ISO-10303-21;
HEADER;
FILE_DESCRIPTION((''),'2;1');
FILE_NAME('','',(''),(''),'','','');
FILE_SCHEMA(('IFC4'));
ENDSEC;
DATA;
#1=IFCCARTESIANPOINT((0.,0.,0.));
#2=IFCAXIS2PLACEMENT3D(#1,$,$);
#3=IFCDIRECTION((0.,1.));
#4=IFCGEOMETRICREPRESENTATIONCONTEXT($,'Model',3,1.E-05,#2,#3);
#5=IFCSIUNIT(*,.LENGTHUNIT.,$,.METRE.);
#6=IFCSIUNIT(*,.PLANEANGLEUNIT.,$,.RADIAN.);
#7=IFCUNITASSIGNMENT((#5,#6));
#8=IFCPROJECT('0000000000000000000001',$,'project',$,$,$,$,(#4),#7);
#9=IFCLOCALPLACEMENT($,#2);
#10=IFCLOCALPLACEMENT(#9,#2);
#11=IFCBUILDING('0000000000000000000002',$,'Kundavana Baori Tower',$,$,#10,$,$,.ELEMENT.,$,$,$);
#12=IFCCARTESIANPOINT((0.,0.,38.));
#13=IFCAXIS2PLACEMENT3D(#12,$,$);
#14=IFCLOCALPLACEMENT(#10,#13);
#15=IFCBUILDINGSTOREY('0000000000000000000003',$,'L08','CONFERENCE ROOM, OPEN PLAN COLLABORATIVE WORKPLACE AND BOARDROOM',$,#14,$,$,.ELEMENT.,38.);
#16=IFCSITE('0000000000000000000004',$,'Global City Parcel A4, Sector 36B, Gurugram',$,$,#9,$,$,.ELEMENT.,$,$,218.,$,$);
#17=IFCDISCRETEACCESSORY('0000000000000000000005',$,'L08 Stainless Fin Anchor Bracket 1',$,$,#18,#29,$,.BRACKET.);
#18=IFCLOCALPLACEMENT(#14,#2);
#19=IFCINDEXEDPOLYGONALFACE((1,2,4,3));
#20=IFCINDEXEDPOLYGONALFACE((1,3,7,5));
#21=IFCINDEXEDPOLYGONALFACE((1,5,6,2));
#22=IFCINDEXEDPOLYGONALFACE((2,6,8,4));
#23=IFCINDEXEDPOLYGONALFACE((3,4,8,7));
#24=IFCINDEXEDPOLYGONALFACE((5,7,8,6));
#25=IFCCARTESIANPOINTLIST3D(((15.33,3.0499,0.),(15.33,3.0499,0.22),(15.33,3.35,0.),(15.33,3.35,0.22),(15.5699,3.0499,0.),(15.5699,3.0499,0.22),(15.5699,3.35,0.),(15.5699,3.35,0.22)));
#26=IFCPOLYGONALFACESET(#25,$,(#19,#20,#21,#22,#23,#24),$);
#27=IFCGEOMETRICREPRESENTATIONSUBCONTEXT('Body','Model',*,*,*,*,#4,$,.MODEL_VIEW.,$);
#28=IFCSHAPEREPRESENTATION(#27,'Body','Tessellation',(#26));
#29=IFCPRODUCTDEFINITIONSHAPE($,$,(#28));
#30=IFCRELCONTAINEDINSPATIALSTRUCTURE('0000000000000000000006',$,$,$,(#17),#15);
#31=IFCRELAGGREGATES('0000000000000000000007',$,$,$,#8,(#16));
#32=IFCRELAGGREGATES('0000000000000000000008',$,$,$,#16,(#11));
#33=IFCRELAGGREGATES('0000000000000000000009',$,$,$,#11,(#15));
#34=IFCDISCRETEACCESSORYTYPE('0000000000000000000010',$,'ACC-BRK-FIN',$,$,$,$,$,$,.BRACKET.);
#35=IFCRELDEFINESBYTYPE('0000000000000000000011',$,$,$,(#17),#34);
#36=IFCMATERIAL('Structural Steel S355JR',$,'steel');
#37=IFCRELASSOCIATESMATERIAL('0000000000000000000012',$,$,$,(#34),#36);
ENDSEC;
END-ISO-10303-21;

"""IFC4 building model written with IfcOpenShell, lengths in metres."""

from ifc_helpers import new_model, si_unit, direction, frame, origin, origin_2d, place, context, subcontext, project, spatial, rectangle, extrude, material, type_object, element, save


model = new_model("IFC4")

# Units and contexts
model_context = context("Model", 3, precision=1e-05, world=origin(), true_north=direction((0.0, 1.0)))
body_context = subcontext(model_context, "Body", "Model", "MODEL_VIEW")
ifc_project = project(units=[si_unit("LENGTHUNIT", "METRE"), si_unit("PLANEANGLEUNIT", "RADIAN")], contexts=[model_context])

# Site, building, storey
site_placement = place(None, origin())
site = spatial("IfcSite", under=ifc_project, at=site_placement, Name="Global City Parcel A4, Sector 36B, Gurugram", CompositionType="ELEMENT", RefElevation=218.0)
building_placement = place(site_placement, origin())
building = spatial("IfcBuilding", under=site, at=building_placement, Name="Kundavana Baori Tower", CompositionType="ELEMENT")
storey_placement = place(building_placement, frame((0.0, 0.0, 38.0)))
storey = spatial("IfcBuildingStorey", under=building, at=storey_placement, Name="L08", Description="CONFERENCE ROOM, OPEN PLAN COLLABORATIVE WORKPLACE AND BOARDROOM", CompositionType="ELEMENT", Elevation=38.0)

# Discrete accessory
ifc_material_1 = material(Name="Structural Steel S355JR", Category="steel")
discrete_accessory_type = type_object("IfcDiscreteAccessoryType", Name="ACC-BRK-FIN", PredefinedType="BRACKET", material=ifc_material_1)
discrete_accessory_placement = place(storey_placement, frame((15.45, 3.2, 0.0), z_axis=(0.0, 0.0, 1.0), x_axis=(1.0, 0.0, 0.0)))
element("IfcDiscreteAccessory", 1, at=discrete_accessory_placement, inside=storey, type_object=discrete_accessory_type, Name="L08 Stainless Fin Anchor Bracket 1", PredefinedType="BRACKET", context=body_context, shape_type="SweptSolid", body=[
    extrude(rectangle(XDim=0.24, YDim=0.3, at=origin_2d()), origin(), (0.0, 0.0, 1.0), 0.22),
])

save(model, "model.ifc")
